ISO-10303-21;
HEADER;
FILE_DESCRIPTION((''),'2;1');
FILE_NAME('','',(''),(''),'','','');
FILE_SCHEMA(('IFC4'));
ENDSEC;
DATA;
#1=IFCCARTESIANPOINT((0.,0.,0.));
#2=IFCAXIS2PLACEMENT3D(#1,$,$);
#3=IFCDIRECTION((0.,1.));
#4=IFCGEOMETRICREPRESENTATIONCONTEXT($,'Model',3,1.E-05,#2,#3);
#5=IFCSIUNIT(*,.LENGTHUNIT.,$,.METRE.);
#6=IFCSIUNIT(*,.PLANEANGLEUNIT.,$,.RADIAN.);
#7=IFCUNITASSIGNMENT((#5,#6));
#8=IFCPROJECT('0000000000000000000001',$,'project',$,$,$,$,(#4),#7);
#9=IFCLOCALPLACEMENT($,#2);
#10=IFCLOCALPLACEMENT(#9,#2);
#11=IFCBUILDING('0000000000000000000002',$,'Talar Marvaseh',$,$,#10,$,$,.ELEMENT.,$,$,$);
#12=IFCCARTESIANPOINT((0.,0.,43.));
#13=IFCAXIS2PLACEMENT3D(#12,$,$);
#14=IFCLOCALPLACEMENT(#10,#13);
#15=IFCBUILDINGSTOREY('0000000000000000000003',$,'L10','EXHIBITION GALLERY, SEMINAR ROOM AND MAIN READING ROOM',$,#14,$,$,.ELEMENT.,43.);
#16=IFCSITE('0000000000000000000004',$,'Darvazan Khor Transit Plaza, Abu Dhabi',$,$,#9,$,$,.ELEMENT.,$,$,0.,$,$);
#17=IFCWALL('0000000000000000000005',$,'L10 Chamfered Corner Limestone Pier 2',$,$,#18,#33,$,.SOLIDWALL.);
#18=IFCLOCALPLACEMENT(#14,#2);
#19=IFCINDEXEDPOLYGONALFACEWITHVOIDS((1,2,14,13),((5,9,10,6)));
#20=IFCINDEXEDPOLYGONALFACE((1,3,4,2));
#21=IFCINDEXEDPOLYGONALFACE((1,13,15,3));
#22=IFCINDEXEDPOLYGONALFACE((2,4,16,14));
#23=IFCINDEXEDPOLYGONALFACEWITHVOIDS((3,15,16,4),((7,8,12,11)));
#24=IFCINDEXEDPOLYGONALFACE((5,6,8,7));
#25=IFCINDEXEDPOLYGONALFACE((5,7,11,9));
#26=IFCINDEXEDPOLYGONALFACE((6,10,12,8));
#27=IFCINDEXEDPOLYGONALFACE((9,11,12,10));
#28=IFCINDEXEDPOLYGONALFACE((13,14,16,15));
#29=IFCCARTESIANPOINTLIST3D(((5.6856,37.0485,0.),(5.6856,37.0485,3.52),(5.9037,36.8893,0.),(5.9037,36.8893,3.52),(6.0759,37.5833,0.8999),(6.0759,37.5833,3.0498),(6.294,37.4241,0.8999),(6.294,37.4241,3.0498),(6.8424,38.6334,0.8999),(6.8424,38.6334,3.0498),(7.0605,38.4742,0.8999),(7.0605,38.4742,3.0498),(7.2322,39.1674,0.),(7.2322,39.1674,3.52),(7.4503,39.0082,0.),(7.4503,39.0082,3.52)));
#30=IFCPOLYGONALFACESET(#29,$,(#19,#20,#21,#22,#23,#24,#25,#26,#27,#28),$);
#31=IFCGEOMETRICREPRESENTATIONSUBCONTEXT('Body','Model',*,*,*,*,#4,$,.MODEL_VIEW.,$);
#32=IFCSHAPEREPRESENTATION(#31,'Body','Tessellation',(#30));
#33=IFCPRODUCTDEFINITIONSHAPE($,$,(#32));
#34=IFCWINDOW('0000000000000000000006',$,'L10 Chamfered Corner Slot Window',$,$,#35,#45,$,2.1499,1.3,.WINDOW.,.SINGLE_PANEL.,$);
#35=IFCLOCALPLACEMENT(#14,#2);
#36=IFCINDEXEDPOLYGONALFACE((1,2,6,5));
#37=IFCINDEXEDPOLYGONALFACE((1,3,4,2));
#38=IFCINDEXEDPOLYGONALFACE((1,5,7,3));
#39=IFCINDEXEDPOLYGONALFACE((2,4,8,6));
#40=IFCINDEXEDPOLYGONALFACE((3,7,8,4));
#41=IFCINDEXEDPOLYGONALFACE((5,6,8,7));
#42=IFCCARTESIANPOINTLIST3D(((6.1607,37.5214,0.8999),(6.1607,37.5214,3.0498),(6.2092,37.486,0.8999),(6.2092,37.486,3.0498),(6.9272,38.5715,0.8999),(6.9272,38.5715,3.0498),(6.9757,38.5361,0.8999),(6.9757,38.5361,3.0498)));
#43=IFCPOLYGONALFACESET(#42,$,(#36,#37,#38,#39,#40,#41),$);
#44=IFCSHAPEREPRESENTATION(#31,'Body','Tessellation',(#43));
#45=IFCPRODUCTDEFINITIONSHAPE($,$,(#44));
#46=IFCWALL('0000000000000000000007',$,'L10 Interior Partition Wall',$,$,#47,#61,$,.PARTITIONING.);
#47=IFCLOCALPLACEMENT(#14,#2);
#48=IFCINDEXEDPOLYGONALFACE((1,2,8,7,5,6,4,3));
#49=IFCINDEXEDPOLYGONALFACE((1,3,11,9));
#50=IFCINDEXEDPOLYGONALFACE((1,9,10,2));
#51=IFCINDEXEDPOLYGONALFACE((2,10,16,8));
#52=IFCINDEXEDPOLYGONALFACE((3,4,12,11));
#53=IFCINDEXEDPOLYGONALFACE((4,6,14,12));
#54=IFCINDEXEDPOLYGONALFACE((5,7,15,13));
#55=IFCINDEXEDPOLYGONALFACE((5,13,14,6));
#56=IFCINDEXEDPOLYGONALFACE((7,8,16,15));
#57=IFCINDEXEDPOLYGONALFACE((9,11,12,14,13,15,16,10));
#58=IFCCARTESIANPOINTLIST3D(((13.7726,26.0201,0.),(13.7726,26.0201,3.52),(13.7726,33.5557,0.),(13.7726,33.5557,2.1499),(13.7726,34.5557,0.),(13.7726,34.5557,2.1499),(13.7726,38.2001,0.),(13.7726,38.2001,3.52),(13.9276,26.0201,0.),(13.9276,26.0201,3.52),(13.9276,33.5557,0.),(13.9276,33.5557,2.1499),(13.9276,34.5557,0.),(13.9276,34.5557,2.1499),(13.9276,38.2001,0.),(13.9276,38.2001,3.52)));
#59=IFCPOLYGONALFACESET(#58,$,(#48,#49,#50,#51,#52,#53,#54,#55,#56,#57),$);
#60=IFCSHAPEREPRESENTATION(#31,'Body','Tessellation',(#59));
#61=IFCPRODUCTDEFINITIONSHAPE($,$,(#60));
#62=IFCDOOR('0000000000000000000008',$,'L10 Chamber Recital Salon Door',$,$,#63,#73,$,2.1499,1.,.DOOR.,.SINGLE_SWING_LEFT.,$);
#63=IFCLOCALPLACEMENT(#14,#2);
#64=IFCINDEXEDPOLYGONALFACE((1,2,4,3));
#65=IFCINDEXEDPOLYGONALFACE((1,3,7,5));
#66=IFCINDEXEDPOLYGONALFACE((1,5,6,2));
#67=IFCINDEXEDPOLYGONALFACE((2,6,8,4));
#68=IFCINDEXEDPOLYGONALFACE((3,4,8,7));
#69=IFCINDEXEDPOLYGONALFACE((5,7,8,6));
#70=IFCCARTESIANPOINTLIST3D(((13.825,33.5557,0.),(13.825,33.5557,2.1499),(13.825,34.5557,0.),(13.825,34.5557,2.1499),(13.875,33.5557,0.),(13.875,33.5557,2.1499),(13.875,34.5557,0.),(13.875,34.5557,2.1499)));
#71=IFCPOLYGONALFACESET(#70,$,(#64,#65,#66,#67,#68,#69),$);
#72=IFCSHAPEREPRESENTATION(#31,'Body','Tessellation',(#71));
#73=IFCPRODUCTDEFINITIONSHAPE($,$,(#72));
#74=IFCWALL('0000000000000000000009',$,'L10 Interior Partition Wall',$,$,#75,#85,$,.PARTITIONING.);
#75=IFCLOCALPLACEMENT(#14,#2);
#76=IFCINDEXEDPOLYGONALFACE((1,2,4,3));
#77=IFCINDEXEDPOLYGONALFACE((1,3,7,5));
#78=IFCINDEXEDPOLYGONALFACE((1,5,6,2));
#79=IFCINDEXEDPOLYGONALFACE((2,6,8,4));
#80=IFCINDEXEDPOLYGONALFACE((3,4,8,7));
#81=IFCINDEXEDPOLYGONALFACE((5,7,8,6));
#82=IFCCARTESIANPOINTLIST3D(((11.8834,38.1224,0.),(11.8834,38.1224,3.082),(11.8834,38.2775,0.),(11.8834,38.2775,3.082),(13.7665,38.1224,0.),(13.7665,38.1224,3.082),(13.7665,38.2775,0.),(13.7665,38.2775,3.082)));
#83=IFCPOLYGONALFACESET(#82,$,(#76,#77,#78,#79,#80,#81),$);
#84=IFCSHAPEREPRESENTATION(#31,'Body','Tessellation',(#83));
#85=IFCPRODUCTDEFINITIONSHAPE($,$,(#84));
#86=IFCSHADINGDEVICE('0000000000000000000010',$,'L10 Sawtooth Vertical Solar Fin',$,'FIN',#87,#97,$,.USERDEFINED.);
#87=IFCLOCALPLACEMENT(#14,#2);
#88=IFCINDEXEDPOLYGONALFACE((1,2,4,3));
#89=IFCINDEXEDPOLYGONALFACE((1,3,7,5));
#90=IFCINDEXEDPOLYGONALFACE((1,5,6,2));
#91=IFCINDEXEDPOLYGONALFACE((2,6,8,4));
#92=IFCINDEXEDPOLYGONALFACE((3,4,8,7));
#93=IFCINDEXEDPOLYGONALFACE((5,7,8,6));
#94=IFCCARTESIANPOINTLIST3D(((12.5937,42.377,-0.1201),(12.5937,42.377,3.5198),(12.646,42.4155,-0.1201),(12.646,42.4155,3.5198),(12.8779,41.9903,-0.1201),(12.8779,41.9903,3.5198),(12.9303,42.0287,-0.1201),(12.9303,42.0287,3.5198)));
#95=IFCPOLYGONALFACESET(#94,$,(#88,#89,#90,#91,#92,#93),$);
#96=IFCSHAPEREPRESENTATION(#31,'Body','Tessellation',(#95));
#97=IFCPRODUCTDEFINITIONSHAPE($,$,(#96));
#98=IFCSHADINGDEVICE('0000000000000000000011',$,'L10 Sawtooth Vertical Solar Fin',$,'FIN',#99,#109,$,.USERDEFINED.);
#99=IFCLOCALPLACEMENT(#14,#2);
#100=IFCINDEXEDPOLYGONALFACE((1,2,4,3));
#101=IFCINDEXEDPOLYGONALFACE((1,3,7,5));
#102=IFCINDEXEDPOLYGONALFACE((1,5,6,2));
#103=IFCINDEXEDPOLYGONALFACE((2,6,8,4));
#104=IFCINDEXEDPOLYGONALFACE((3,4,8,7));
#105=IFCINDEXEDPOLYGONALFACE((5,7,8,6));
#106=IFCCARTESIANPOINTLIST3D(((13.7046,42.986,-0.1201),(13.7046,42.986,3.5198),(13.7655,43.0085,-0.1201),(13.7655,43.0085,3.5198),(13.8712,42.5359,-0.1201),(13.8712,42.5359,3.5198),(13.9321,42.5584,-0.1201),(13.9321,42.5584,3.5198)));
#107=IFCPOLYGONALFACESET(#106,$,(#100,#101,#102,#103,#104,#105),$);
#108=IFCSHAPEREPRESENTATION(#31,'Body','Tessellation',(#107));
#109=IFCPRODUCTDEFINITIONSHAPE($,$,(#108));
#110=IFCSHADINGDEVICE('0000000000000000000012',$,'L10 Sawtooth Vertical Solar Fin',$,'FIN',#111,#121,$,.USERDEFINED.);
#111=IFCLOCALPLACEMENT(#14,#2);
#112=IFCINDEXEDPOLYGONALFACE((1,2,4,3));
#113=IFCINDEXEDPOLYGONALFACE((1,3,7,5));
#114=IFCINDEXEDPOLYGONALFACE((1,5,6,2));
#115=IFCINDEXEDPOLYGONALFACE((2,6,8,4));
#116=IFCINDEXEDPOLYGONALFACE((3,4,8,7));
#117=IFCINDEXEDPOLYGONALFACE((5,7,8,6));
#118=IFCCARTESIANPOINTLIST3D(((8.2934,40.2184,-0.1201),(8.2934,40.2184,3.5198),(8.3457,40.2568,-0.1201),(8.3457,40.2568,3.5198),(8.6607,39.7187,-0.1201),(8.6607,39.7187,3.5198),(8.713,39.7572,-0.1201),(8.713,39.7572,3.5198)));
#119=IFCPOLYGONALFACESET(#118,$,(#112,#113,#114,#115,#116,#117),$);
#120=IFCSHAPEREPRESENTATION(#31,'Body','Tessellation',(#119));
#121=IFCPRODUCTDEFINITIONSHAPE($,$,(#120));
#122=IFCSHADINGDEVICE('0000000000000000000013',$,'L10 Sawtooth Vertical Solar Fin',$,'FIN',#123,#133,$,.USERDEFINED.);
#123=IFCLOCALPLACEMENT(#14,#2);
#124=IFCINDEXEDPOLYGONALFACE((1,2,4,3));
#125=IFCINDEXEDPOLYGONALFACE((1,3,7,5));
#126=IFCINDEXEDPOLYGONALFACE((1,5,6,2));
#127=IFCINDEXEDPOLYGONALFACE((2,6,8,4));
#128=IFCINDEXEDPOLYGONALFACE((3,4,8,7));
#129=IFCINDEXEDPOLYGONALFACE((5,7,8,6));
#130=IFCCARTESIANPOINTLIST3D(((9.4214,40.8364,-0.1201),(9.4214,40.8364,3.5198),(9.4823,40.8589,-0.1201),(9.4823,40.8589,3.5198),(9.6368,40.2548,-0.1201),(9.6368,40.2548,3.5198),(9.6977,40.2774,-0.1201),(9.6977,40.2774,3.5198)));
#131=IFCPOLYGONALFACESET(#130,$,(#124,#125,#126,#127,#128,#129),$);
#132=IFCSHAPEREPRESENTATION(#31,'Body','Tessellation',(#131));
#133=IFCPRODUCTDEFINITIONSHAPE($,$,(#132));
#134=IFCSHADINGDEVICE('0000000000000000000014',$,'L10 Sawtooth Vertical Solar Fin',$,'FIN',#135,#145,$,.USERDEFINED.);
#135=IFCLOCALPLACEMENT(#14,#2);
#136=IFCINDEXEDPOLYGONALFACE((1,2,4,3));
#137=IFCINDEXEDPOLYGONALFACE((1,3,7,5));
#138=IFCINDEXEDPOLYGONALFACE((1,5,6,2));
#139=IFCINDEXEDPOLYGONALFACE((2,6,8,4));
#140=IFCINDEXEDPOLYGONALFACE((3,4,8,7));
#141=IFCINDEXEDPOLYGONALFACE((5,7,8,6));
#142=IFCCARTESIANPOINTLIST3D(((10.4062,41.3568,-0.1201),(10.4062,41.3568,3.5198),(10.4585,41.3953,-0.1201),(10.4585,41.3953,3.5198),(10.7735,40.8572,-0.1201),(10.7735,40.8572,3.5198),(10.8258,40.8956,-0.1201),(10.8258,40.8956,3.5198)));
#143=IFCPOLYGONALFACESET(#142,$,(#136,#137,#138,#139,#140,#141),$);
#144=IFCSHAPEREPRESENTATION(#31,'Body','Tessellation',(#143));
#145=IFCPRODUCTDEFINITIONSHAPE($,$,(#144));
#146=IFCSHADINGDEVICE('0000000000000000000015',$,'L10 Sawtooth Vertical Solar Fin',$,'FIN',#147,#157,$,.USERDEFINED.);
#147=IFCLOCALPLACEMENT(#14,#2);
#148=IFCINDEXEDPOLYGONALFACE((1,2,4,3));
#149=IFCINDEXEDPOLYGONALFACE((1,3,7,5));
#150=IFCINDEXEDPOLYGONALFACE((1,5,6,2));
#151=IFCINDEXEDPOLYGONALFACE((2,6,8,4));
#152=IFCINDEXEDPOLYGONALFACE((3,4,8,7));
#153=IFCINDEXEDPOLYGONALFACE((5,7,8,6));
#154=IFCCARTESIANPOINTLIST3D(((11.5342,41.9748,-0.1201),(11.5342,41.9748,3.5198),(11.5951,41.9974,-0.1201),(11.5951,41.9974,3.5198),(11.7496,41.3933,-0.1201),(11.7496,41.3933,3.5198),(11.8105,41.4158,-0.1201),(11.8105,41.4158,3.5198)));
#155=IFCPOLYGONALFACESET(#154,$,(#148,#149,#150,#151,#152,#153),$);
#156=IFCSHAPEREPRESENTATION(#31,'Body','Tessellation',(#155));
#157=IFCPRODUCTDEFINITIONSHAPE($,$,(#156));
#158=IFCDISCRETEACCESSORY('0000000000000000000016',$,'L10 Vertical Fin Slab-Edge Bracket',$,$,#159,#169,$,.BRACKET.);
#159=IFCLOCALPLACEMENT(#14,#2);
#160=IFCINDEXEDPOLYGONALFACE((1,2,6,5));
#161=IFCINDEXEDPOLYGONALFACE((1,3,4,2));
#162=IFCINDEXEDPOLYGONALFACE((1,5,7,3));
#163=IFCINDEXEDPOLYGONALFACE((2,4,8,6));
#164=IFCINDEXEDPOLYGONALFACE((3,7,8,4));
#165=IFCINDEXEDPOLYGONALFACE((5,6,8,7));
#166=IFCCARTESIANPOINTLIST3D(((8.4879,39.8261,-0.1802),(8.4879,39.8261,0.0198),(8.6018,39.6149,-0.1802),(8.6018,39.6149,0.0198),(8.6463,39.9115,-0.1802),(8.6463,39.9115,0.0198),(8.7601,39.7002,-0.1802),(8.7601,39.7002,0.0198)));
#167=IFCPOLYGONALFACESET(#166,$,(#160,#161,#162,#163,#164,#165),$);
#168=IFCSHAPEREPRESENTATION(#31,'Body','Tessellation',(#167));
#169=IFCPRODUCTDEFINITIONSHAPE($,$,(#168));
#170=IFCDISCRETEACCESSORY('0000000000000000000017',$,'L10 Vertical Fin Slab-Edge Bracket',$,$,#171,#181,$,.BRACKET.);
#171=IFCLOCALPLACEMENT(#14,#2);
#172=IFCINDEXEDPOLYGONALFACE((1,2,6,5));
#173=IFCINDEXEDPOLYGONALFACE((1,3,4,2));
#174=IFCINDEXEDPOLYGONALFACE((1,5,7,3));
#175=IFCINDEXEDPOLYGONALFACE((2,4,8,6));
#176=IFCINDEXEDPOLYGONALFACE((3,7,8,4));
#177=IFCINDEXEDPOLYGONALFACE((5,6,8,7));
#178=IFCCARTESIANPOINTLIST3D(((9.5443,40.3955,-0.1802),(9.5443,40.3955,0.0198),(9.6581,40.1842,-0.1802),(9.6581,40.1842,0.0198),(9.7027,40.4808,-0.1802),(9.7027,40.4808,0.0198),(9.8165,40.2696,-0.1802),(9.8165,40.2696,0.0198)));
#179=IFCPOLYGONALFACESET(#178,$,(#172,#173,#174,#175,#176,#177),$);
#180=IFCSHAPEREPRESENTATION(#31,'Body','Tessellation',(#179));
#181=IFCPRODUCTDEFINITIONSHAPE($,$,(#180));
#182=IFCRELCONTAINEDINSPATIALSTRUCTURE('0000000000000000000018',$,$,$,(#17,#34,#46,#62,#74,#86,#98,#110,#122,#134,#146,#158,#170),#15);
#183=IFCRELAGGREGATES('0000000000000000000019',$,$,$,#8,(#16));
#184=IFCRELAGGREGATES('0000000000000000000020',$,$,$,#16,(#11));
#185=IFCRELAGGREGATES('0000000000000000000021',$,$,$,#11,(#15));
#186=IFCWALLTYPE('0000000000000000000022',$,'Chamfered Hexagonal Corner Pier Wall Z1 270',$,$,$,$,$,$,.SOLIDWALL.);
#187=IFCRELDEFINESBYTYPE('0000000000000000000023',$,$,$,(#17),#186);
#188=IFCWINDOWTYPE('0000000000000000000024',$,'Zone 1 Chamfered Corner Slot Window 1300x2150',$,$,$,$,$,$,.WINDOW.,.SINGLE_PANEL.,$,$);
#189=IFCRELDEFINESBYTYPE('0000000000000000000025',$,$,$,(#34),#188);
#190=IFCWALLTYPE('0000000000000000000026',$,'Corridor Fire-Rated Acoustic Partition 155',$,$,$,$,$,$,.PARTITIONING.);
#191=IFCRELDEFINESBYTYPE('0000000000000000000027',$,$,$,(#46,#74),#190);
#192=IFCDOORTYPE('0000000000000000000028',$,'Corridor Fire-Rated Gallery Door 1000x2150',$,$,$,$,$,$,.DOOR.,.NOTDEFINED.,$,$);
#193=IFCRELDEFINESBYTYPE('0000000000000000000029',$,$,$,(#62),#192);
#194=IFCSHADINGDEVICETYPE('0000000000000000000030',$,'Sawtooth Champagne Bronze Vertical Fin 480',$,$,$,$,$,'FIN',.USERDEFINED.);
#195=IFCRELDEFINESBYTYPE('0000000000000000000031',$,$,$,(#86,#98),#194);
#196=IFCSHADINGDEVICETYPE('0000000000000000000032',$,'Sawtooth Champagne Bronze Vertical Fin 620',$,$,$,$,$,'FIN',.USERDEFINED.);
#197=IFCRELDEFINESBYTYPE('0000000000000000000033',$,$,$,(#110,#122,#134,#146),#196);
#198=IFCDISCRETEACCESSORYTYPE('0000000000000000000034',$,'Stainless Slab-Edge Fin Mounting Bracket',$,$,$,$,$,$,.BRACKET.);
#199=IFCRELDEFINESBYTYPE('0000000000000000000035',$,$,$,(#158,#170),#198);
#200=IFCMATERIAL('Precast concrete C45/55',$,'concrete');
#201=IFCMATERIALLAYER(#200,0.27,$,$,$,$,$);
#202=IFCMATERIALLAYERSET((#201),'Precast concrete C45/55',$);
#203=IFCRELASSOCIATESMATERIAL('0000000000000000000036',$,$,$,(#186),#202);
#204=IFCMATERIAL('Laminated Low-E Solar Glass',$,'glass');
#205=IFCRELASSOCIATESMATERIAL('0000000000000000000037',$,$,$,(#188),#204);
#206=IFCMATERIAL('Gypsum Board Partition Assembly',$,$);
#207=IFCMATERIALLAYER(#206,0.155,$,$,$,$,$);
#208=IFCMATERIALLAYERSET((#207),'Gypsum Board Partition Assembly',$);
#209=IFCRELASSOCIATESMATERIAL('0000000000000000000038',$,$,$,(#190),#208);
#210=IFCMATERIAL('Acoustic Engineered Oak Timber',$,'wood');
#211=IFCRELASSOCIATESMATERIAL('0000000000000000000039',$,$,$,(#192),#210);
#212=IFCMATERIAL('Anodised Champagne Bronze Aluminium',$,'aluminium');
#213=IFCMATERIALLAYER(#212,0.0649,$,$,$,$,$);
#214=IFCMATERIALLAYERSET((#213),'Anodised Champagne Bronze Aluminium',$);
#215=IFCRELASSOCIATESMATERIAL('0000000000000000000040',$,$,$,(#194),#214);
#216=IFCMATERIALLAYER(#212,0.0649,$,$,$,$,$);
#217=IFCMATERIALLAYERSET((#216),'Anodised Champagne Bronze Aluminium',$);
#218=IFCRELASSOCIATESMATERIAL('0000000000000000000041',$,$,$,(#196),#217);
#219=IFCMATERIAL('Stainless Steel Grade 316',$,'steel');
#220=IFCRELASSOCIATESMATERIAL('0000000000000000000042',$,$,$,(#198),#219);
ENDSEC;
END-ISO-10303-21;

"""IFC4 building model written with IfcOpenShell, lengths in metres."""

from ifc_helpers import new_model, si_unit, direction, frame, frame_2d, origin, origin_2d, place, context, subcontext, project, spatial, rectangle, extrude, source, transform, mapped, material, layer, layer_set, type_object, type_shapes, element, fill, save


model = new_model("IFC4")

# Units and contexts
model_context = context("Model", 3, precision=1e-05, world=origin(), true_north=direction((0.0, 1.0)))
body_context = subcontext(model_context, "Body", "Model", "MODEL_VIEW")
ifc_project = project(units=[si_unit("LENGTHUNIT", "METRE"), si_unit("PLANEANGLEUNIT", "RADIAN")], contexts=[model_context])

# Site, building, storey
site_placement = place(None, origin())
site = spatial("IfcSite", under=ifc_project, at=site_placement, Name="Darvazan Khor Transit Plaza, Abu Dhabi", CompositionType="ELEMENT", RefElevation=0.0)
building_placement = place(site_placement, origin())
building = spatial("IfcBuilding", under=site, at=building_placement, Name="Talar Marvaseh", CompositionType="ELEMENT")
storey_placement = place(building_placement, frame((0.0, 0.0, 43.0)))
storey = spatial("IfcBuildingStorey", under=building, at=storey_placement, Name="L10", Description="EXHIBITION GALLERY, SEMINAR ROOM AND MAIN READING ROOM", CompositionType="ELEMENT", Elevation=43.0)

# Shared definitions
ifc_material_1 = material(Name="Laminated Low-E Solar Glass", Category="glass")

# Wall, opening, window
ifc_material_2 = material(Name="Precast concrete C45/55", Category="concrete")
ifc_layer_1 = layer(ifc_material_2, 0.27)
ifc_layer_set_1 = layer_set([ifc_layer_1], Name="Precast concrete C45/55")
wall_type_1 = type_object("IfcWallType", Name="Chamfered Hexagonal Corner Pier Wall Z1 270", PredefinedType="SOLIDWALL", material=ifc_layer_set_1)
wall_1_placement = place(storey_placement, frame((5.7947, 36.969, 0.0), z_axis=(0.0, 0.0, 1.0), x_axis=(0.589571, 0.807717, 0.0)))
wall_1 = element("IfcWall", 1, at=wall_1_placement, inside=storey, type_object=wall_type_1, Name="L10 Chamfered Corner Limestone Pier 2", PredefinedType="SOLIDWALL", context=body_context, shape_type="SweptSolid", body=[
    extrude(rectangle(XDim=2.6233, YDim=0.27, at=frame_2d((1.3115, 0.0))), origin(), (0.0, 0.0, 1.0), 3.52),
])
opening_1_placement = place(wall_1_placement, frame((0.6621, 0.0, 0.8999)))
opening_1 = element("IfcOpeningElement", 2, at=opening_1_placement, cuts=wall_1, PredefinedType="OPENING", context=body_context, shape_type="SweptSolid", body=[
    extrude(rectangle(XDim=1.3, YDim=2.1499, at=frame_2d((0.6499, 1.075))), frame((0.0, 0.145, 0.0), z_axis=(0.0, -1.0, 0.0), x_axis=(1.0, 0.0, 0.0)), (0.0, 0.0, 1.0), 0.29),
])
window_type = type_object("IfcWindowType", Name="Zone 1 Chamfered Corner Slot Window 1300x2150", PartitioningType="SINGLE_PANEL", PredefinedType="WINDOW", material=ifc_material_1)
shared_shape_1 = source(origin(), body_context, "Body", "SweptSolid", [
    extrude(rectangle(XDim=1.3, YDim=2.1499, at=frame_2d((0.6499, 1.075))), frame((0.0, 0.03, 0.0), z_axis=(0.0, -1.0, 0.0), x_axis=(1.0, 0.0, 0.0)), (0.0, 0.0, 1.0), 0.0601),
])
type_shapes(window_type, [shared_shape_1])
window_placement = place(opening_1_placement, origin())
window = element("IfcWindow", 3, at=window_placement, inside=storey, type_object=window_type, Name="L10 Chamfered Corner Slot Window", OverallHeight=2.1499, OverallWidth=1.3, PartitioningType="SINGLE_PANEL", PredefinedType="WINDOW", context=body_context, shape_type="MappedRepresentation", body=[
    mapped(shared_shape_1, transform((0.0, 0.0, 0.0), x_axis=(1.0, 0.0, 0.0), y_axis=(0.0, 1.0, 0.0), z_axis=(0.0, 0.0, 1.0), scale=1.0)),
])
fill(opening_1, window)

# Wall, opening, door
ifc_material_3 = material(Name="Gypsum Board Partition Assembly")
ifc_layer_2 = layer(ifc_material_3, 0.155)
ifc_layer_set_2 = layer_set([ifc_layer_2], Name="Gypsum Board Partition Assembly")
wall_type_2 = type_object("IfcWallType", Name="Corridor Fire-Rated Acoustic Partition 155", PredefinedType="PARTITIONING", material=ifc_layer_set_2)
wall_2_placement = place(storey_placement, frame((13.8501, 38.2, 0.0), z_axis=(0.0, 0.0, 1.0), x_axis=(0.0, -1.0, 0.0)))
wall_2 = element("IfcWall", 4, at=wall_2_placement, inside=storey, type_object=wall_type_2, Name="L10 Interior Partition Wall", PredefinedType="PARTITIONING", context=body_context, shape_type="SweptSolid", body=[
    extrude(rectangle(XDim=12.1799, YDim=0.155, at=frame_2d((6.0898, 0.0))), origin(), (0.0, 0.0, 1.0), 3.52),
])
opening_2_placement = place(wall_2_placement, frame((3.6443, 0.0, 0.0)))
opening_2 = element("IfcOpeningElement", 5, at=opening_2_placement, cuts=wall_2, PredefinedType="OPENING", context=body_context, shape_type="SweptSolid", body=[
    extrude(rectangle(XDim=1.0, YDim=2.1499, at=frame_2d((0.5, 1.075))), frame((0.0, 0.0874, 0.0), z_axis=(0.0, -1.0, 0.0), x_axis=(1.0, 0.0, 0.0)), (0.0, 0.0, 1.0), 0.175),
])
ifc_material_4 = material(Name="Acoustic Engineered Oak Timber", Category="wood")
door_type = type_object("IfcDoorType", Name="Corridor Fire-Rated Gallery Door 1000x2150", OperationType="NOTDEFINED", PredefinedType="DOOR", material=ifc_material_4)
shared_shape_2 = source(origin(), body_context, "Body", "SweptSolid", [
    extrude(rectangle(XDim=1.0, YDim=2.1499, at=frame_2d((0.5, 1.075))), frame((0.0, 0.0249, 0.0), z_axis=(0.0, -1.0, 0.0), x_axis=(1.0, 0.0, 0.0)), (0.0, 0.0, 1.0), 0.05),
])
type_shapes(door_type, [shared_shape_2])
door_placement = place(opening_2_placement, origin())
door = element("IfcDoor", 6, at=door_placement, inside=storey, type_object=door_type, Name="L10 Chamber Recital Salon Door", OperationType="SINGLE_SWING_LEFT", OverallHeight=2.1499, OverallWidth=1.0, PredefinedType="DOOR", context=body_context, shape_type="MappedRepresentation", body=[
    mapped(shared_shape_2, transform((0.0, 0.0, 0.0), x_axis=(1.0, 0.0, 0.0), y_axis=(0.0, 1.0, 0.0), z_axis=(0.0, 0.0, 1.0), scale=1.0)),
])
fill(opening_2, door)

# Wall
wall_3_placement = place(storey_placement, frame((11.8835, 38.2, 0.0), z_axis=(0.0, 0.0, 1.0), x_axis=(1.0, 0.0, 0.0)))
element("IfcWall", 7, at=wall_3_placement, inside=storey, type_object=wall_type_2, Name="L10 Interior Partition Wall", PredefinedType="PARTITIONING", context=body_context, shape_type="SweptSolid", body=[
    extrude(rectangle(XDim=1.8831, YDim=0.155, at=frame_2d((0.9414, 0.0))), origin(), (0.0, 0.0, 1.0), 3.082),
])

# Shading devices
ifc_material_5 = material(Name="Anodised Champagne Bronze Aluminium", Category="aluminium")
ifc_layer_3 = layer(ifc_material_5, 0.0649)
ifc_layer_set_3 = layer_set([ifc_layer_3], Name="Anodised Champagne Bronze Aluminium")
shading_device_type_1 = type_object("IfcShadingDeviceType", Name="Sawtooth Champagne Bronze Vertical Fin 480", ElementType="FIN", PredefinedType="USERDEFINED", material=ifc_layer_set_3)
shared_shape_3 = source(origin(), body_context, "Body", "SweptSolid", [
    extrude(rectangle(XDim=0.48, YDim=0.0649, at=origin_2d()), origin(), (0.0, 0.0, 1.0), 3.6399),
])
type_shapes(shading_device_type_1, [shared_shape_3])
for number, where, z_axis, x_axis, name in (
    (8, (12.762, 42.2029, -0.1201), (0.0, 0.0, 1.0), (-0.592294, 0.805722, 0.0), "L10 Sawtooth Vertical Solar Fin"),
    (9, (13.8184, 42.7722, -0.1201), (0.0, 0.0, 1.0), (-0.347263, 0.937768, 0.0), "L10 Sawtooth Vertical Solar Fin"),
):
    element("IfcShadingDevice", number, at=place(storey_placement, frame(where, z_axis=z_axis, x_axis=x_axis)), inside=storey, type_object=shading_device_type_1, Name=name, ObjectType="FIN", PredefinedType="USERDEFINED", context=body_context, shape_type="MappedRepresentation", body=[
        mapped(shared_shape_3, transform((0.0, 0.0, 0.0), x_axis=(1.0, 0.0, 0.0), y_axis=(0.0, 1.0, 0.0), z_axis=(0.0, 0.0, 1.0), scale=1.0)),
    ])
ifc_layer_4 = layer(ifc_material_5, 0.0649)
ifc_layer_set_4 = layer_set([ifc_layer_4], Name="Anodised Champagne Bronze Aluminium")
shading_device_type_2 = type_object("IfcShadingDeviceType", Name="Sawtooth Champagne Bronze Vertical Fin 620", ElementType="FIN", PredefinedType="USERDEFINED", material=ifc_layer_set_4)
shared_shape_4 = source(origin(), body_context, "Body", "SweptSolid", [
    extrude(rectangle(XDim=0.6201, YDim=0.0649, at=origin_2d()), origin(), (0.0, 0.0, 1.0), 3.6399),
])
type_shapes(shading_device_type_2, [shared_shape_4])
for number, where, z_axis, x_axis, name in (
    (10, (8.5032, 39.9878, -0.1201), (0.0, 0.0, 1.0), (-0.592294, 0.805722, 0.0), "L10 Sawtooth Vertical Solar Fin"),
    (11, (9.5596, 40.5569, -0.1201), (0.0, 0.0, 1.0), (-0.347263, 0.937768, 0.0), "L10 Sawtooth Vertical Solar Fin"),
    (12, (10.616, 41.1262, -0.1201), (0.0, 0.0, 1.0), (-0.592294, 0.805722, 0.0), "L10 Sawtooth Vertical Solar Fin"),
    (13, (11.6724, 41.6953, -0.1201), (0.0, 0.0, 1.0), (-0.347263, 0.937768, 0.0), "L10 Sawtooth Vertical Solar Fin"),
):
    element("IfcShadingDevice", number, at=place(storey_placement, frame(where, z_axis=z_axis, x_axis=x_axis)), inside=storey, type_object=shading_device_type_2, Name=name, ObjectType="FIN", PredefinedType="USERDEFINED", context=body_context, shape_type="MappedRepresentation", body=[
        mapped(shared_shape_4, transform((0.0, 0.0, 0.0), x_axis=(1.0, 0.0, 0.0), y_axis=(0.0, 1.0, 0.0), z_axis=(0.0, 0.0, 1.0), scale=1.0)),
    ])

# Discrete accessories
ifc_material_6 = material(Name="Stainless Steel Grade 316", Category="steel")
discrete_accessory_type = type_object("IfcDiscreteAccessoryType", Name="Stainless Slab-Edge Fin Mounting Bracket", PredefinedType="BRACKET", material=ifc_material_6)
shared_shape_5 = source(origin(), body_context, "Body", "SweptSolid", [
    extrude(rectangle(XDim=0.24, YDim=0.1799, at=origin_2d()), origin(), (0.0, 0.0, 1.0), 0.2),
])
type_shapes(discrete_accessory_type, [shared_shape_5])
for number, where, z_axis, x_axis, name in (
    (14, (8.624, 39.7632, -0.1802), (0.0, 0.0, 1.0), (-0.474396, 0.880312, 0.0), "L10 Vertical Fin Slab-Edge Bracket"),
    (15, (9.6804, 40.3325, -0.1802), (0.0, 0.0, 1.0), (-0.474396, 0.880312, 0.0), "L10 Vertical Fin Slab-Edge Bracket"),
):
    element("IfcDiscreteAccessory", number, at=place(storey_placement, frame(where, z_axis=z_axis, x_axis=x_axis)), inside=storey, type_object=discrete_accessory_type, Name=name, PredefinedType="BRACKET", context=body_context, shape_type="MappedRepresentation", body=[
        mapped(shared_shape_5, transform((0.0, 0.0, 0.0), x_axis=(1.0, 0.0, 0.0), y_axis=(0.0, 1.0, 0.0), z_axis=(0.0, 0.0, 1.0), scale=1.0)),
    ])

save(model, "model.ifc")
